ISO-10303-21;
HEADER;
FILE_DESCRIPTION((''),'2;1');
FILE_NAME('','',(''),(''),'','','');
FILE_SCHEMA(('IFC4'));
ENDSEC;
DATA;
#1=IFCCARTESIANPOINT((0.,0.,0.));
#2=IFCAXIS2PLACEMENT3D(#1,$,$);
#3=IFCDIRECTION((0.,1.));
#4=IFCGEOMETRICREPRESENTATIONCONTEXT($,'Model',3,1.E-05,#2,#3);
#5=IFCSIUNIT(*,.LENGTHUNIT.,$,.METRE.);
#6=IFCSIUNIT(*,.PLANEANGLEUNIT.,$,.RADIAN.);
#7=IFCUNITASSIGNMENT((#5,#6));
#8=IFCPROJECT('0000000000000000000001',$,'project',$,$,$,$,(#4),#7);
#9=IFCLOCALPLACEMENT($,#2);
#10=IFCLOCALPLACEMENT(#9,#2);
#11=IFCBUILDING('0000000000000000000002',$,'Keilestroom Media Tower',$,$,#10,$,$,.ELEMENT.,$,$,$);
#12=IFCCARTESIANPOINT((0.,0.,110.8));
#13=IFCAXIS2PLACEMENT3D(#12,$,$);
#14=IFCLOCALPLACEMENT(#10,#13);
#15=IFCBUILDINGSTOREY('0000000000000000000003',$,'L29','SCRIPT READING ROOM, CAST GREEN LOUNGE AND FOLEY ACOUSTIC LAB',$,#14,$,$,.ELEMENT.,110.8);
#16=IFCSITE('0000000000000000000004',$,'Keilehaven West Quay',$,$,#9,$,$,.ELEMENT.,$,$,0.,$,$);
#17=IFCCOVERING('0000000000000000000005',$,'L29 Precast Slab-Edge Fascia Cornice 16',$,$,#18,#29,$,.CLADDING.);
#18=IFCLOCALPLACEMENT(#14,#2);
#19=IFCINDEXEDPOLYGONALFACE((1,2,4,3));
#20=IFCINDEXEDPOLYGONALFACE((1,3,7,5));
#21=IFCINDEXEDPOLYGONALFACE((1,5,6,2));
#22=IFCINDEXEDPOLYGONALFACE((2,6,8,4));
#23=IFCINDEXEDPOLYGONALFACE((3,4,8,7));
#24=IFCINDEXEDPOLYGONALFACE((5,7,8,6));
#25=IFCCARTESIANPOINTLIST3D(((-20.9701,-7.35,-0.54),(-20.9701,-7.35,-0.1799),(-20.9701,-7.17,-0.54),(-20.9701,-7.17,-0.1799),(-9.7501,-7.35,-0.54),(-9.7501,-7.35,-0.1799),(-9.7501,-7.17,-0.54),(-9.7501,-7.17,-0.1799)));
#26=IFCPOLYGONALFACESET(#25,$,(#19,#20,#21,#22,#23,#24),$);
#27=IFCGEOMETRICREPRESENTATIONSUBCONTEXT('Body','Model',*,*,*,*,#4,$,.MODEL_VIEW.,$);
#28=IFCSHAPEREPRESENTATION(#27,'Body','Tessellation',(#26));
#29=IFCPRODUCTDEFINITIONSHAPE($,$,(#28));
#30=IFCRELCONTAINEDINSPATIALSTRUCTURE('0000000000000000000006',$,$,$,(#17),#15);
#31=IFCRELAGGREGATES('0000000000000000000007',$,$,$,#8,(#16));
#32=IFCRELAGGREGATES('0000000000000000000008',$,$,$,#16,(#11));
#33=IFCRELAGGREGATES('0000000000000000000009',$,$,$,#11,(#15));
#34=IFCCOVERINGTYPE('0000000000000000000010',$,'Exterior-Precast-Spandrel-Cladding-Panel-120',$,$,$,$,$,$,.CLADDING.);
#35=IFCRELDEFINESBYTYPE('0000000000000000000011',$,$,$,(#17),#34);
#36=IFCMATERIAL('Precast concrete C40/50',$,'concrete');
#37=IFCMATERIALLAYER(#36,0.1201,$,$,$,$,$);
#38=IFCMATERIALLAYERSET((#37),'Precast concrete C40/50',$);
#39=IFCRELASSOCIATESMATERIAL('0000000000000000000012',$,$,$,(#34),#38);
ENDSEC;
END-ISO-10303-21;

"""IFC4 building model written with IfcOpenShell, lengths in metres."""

from ifc_helpers import new_model, si_unit, direction, frame, origin, origin_2d, place, context, subcontext, project, spatial, rectangle, extrude, source, transform, mapped, material, layer, layer_set, type_object, element, save


model = new_model("IFC4")

# Units and contexts
model_context = context("Model", 3, precision=1e-05, world=origin(), true_north=direction((0.0, 1.0)))
body_context = subcontext(model_context, "Body", "Model", "MODEL_VIEW")
ifc_project = project(units=[si_unit("LENGTHUNIT", "METRE"), si_unit("PLANEANGLEUNIT", "RADIAN")], contexts=[model_context])

# Site, building, storey
site_placement = place(None, origin())
site = spatial("IfcSite", under=ifc_project, at=site_placement, Name="Keilehaven West Quay", CompositionType="ELEMENT", RefElevation=0.0)
building_placement = place(site_placement, origin())
building = spatial("IfcBuilding", under=site, at=building_placement, Name="Keilestroom Media Tower", CompositionType="ELEMENT")
storey_placement = place(building_placement, frame((0.0, 0.0, 110.8)))
storey = spatial("IfcBuildingStorey", under=building, at=storey_placement, Name="L29", Description="SCRIPT READING ROOM, CAST GREEN LOUNGE AND FOLEY ACOUSTIC LAB", CompositionType="ELEMENT", Elevation=110.8)

# Shared definitions
ifc_material_1 = material(Name="Precast concrete C40/50", Category="concrete")

# Covering
ifc_layer_1 = layer(ifc_material_1, 0.1201)
ifc_layer_set_1 = layer_set([ifc_layer_1], Name="Precast concrete C40/50")
covering_type = type_object("IfcCoveringType", Name="Exterior-Precast-Spandrel-Cladding-Panel-120", PredefinedType="CLADDING", material=ifc_layer_set_1)
shared_shape_1 = source(origin(), body_context, "Body", "SweptSolid", [
    extrude(rectangle(XDim=11.22, YDim=0.1799, at=origin_2d()), origin(), (0.0, 0.0, 1.0), 0.3601),
])
covering_1_placement = place(storey_placement, frame((-15.3601, -7.26, -0.54), z_axis=(0.0, 0.0, 1.0), x_axis=(-1.0, 0.0, 0.0)))
element("IfcCovering", 1, at=covering_1_placement, inside=storey, type_object=covering_type, Name="L29 Precast Slab-Edge Fascia Cornice 16", PredefinedType="CLADDING", context=body_context, shape_type="MappedRepresentation", body=[
    mapped(shared_shape_1, transform((0.0, 0.0, 0.0), x_axis=(1.0, 0.0, 0.0), y_axis=(0.0, 1.0, 0.0), z_axis=(0.0, 0.0, 1.0), scale=1.0)),
])

save(model, "model.ifc")
